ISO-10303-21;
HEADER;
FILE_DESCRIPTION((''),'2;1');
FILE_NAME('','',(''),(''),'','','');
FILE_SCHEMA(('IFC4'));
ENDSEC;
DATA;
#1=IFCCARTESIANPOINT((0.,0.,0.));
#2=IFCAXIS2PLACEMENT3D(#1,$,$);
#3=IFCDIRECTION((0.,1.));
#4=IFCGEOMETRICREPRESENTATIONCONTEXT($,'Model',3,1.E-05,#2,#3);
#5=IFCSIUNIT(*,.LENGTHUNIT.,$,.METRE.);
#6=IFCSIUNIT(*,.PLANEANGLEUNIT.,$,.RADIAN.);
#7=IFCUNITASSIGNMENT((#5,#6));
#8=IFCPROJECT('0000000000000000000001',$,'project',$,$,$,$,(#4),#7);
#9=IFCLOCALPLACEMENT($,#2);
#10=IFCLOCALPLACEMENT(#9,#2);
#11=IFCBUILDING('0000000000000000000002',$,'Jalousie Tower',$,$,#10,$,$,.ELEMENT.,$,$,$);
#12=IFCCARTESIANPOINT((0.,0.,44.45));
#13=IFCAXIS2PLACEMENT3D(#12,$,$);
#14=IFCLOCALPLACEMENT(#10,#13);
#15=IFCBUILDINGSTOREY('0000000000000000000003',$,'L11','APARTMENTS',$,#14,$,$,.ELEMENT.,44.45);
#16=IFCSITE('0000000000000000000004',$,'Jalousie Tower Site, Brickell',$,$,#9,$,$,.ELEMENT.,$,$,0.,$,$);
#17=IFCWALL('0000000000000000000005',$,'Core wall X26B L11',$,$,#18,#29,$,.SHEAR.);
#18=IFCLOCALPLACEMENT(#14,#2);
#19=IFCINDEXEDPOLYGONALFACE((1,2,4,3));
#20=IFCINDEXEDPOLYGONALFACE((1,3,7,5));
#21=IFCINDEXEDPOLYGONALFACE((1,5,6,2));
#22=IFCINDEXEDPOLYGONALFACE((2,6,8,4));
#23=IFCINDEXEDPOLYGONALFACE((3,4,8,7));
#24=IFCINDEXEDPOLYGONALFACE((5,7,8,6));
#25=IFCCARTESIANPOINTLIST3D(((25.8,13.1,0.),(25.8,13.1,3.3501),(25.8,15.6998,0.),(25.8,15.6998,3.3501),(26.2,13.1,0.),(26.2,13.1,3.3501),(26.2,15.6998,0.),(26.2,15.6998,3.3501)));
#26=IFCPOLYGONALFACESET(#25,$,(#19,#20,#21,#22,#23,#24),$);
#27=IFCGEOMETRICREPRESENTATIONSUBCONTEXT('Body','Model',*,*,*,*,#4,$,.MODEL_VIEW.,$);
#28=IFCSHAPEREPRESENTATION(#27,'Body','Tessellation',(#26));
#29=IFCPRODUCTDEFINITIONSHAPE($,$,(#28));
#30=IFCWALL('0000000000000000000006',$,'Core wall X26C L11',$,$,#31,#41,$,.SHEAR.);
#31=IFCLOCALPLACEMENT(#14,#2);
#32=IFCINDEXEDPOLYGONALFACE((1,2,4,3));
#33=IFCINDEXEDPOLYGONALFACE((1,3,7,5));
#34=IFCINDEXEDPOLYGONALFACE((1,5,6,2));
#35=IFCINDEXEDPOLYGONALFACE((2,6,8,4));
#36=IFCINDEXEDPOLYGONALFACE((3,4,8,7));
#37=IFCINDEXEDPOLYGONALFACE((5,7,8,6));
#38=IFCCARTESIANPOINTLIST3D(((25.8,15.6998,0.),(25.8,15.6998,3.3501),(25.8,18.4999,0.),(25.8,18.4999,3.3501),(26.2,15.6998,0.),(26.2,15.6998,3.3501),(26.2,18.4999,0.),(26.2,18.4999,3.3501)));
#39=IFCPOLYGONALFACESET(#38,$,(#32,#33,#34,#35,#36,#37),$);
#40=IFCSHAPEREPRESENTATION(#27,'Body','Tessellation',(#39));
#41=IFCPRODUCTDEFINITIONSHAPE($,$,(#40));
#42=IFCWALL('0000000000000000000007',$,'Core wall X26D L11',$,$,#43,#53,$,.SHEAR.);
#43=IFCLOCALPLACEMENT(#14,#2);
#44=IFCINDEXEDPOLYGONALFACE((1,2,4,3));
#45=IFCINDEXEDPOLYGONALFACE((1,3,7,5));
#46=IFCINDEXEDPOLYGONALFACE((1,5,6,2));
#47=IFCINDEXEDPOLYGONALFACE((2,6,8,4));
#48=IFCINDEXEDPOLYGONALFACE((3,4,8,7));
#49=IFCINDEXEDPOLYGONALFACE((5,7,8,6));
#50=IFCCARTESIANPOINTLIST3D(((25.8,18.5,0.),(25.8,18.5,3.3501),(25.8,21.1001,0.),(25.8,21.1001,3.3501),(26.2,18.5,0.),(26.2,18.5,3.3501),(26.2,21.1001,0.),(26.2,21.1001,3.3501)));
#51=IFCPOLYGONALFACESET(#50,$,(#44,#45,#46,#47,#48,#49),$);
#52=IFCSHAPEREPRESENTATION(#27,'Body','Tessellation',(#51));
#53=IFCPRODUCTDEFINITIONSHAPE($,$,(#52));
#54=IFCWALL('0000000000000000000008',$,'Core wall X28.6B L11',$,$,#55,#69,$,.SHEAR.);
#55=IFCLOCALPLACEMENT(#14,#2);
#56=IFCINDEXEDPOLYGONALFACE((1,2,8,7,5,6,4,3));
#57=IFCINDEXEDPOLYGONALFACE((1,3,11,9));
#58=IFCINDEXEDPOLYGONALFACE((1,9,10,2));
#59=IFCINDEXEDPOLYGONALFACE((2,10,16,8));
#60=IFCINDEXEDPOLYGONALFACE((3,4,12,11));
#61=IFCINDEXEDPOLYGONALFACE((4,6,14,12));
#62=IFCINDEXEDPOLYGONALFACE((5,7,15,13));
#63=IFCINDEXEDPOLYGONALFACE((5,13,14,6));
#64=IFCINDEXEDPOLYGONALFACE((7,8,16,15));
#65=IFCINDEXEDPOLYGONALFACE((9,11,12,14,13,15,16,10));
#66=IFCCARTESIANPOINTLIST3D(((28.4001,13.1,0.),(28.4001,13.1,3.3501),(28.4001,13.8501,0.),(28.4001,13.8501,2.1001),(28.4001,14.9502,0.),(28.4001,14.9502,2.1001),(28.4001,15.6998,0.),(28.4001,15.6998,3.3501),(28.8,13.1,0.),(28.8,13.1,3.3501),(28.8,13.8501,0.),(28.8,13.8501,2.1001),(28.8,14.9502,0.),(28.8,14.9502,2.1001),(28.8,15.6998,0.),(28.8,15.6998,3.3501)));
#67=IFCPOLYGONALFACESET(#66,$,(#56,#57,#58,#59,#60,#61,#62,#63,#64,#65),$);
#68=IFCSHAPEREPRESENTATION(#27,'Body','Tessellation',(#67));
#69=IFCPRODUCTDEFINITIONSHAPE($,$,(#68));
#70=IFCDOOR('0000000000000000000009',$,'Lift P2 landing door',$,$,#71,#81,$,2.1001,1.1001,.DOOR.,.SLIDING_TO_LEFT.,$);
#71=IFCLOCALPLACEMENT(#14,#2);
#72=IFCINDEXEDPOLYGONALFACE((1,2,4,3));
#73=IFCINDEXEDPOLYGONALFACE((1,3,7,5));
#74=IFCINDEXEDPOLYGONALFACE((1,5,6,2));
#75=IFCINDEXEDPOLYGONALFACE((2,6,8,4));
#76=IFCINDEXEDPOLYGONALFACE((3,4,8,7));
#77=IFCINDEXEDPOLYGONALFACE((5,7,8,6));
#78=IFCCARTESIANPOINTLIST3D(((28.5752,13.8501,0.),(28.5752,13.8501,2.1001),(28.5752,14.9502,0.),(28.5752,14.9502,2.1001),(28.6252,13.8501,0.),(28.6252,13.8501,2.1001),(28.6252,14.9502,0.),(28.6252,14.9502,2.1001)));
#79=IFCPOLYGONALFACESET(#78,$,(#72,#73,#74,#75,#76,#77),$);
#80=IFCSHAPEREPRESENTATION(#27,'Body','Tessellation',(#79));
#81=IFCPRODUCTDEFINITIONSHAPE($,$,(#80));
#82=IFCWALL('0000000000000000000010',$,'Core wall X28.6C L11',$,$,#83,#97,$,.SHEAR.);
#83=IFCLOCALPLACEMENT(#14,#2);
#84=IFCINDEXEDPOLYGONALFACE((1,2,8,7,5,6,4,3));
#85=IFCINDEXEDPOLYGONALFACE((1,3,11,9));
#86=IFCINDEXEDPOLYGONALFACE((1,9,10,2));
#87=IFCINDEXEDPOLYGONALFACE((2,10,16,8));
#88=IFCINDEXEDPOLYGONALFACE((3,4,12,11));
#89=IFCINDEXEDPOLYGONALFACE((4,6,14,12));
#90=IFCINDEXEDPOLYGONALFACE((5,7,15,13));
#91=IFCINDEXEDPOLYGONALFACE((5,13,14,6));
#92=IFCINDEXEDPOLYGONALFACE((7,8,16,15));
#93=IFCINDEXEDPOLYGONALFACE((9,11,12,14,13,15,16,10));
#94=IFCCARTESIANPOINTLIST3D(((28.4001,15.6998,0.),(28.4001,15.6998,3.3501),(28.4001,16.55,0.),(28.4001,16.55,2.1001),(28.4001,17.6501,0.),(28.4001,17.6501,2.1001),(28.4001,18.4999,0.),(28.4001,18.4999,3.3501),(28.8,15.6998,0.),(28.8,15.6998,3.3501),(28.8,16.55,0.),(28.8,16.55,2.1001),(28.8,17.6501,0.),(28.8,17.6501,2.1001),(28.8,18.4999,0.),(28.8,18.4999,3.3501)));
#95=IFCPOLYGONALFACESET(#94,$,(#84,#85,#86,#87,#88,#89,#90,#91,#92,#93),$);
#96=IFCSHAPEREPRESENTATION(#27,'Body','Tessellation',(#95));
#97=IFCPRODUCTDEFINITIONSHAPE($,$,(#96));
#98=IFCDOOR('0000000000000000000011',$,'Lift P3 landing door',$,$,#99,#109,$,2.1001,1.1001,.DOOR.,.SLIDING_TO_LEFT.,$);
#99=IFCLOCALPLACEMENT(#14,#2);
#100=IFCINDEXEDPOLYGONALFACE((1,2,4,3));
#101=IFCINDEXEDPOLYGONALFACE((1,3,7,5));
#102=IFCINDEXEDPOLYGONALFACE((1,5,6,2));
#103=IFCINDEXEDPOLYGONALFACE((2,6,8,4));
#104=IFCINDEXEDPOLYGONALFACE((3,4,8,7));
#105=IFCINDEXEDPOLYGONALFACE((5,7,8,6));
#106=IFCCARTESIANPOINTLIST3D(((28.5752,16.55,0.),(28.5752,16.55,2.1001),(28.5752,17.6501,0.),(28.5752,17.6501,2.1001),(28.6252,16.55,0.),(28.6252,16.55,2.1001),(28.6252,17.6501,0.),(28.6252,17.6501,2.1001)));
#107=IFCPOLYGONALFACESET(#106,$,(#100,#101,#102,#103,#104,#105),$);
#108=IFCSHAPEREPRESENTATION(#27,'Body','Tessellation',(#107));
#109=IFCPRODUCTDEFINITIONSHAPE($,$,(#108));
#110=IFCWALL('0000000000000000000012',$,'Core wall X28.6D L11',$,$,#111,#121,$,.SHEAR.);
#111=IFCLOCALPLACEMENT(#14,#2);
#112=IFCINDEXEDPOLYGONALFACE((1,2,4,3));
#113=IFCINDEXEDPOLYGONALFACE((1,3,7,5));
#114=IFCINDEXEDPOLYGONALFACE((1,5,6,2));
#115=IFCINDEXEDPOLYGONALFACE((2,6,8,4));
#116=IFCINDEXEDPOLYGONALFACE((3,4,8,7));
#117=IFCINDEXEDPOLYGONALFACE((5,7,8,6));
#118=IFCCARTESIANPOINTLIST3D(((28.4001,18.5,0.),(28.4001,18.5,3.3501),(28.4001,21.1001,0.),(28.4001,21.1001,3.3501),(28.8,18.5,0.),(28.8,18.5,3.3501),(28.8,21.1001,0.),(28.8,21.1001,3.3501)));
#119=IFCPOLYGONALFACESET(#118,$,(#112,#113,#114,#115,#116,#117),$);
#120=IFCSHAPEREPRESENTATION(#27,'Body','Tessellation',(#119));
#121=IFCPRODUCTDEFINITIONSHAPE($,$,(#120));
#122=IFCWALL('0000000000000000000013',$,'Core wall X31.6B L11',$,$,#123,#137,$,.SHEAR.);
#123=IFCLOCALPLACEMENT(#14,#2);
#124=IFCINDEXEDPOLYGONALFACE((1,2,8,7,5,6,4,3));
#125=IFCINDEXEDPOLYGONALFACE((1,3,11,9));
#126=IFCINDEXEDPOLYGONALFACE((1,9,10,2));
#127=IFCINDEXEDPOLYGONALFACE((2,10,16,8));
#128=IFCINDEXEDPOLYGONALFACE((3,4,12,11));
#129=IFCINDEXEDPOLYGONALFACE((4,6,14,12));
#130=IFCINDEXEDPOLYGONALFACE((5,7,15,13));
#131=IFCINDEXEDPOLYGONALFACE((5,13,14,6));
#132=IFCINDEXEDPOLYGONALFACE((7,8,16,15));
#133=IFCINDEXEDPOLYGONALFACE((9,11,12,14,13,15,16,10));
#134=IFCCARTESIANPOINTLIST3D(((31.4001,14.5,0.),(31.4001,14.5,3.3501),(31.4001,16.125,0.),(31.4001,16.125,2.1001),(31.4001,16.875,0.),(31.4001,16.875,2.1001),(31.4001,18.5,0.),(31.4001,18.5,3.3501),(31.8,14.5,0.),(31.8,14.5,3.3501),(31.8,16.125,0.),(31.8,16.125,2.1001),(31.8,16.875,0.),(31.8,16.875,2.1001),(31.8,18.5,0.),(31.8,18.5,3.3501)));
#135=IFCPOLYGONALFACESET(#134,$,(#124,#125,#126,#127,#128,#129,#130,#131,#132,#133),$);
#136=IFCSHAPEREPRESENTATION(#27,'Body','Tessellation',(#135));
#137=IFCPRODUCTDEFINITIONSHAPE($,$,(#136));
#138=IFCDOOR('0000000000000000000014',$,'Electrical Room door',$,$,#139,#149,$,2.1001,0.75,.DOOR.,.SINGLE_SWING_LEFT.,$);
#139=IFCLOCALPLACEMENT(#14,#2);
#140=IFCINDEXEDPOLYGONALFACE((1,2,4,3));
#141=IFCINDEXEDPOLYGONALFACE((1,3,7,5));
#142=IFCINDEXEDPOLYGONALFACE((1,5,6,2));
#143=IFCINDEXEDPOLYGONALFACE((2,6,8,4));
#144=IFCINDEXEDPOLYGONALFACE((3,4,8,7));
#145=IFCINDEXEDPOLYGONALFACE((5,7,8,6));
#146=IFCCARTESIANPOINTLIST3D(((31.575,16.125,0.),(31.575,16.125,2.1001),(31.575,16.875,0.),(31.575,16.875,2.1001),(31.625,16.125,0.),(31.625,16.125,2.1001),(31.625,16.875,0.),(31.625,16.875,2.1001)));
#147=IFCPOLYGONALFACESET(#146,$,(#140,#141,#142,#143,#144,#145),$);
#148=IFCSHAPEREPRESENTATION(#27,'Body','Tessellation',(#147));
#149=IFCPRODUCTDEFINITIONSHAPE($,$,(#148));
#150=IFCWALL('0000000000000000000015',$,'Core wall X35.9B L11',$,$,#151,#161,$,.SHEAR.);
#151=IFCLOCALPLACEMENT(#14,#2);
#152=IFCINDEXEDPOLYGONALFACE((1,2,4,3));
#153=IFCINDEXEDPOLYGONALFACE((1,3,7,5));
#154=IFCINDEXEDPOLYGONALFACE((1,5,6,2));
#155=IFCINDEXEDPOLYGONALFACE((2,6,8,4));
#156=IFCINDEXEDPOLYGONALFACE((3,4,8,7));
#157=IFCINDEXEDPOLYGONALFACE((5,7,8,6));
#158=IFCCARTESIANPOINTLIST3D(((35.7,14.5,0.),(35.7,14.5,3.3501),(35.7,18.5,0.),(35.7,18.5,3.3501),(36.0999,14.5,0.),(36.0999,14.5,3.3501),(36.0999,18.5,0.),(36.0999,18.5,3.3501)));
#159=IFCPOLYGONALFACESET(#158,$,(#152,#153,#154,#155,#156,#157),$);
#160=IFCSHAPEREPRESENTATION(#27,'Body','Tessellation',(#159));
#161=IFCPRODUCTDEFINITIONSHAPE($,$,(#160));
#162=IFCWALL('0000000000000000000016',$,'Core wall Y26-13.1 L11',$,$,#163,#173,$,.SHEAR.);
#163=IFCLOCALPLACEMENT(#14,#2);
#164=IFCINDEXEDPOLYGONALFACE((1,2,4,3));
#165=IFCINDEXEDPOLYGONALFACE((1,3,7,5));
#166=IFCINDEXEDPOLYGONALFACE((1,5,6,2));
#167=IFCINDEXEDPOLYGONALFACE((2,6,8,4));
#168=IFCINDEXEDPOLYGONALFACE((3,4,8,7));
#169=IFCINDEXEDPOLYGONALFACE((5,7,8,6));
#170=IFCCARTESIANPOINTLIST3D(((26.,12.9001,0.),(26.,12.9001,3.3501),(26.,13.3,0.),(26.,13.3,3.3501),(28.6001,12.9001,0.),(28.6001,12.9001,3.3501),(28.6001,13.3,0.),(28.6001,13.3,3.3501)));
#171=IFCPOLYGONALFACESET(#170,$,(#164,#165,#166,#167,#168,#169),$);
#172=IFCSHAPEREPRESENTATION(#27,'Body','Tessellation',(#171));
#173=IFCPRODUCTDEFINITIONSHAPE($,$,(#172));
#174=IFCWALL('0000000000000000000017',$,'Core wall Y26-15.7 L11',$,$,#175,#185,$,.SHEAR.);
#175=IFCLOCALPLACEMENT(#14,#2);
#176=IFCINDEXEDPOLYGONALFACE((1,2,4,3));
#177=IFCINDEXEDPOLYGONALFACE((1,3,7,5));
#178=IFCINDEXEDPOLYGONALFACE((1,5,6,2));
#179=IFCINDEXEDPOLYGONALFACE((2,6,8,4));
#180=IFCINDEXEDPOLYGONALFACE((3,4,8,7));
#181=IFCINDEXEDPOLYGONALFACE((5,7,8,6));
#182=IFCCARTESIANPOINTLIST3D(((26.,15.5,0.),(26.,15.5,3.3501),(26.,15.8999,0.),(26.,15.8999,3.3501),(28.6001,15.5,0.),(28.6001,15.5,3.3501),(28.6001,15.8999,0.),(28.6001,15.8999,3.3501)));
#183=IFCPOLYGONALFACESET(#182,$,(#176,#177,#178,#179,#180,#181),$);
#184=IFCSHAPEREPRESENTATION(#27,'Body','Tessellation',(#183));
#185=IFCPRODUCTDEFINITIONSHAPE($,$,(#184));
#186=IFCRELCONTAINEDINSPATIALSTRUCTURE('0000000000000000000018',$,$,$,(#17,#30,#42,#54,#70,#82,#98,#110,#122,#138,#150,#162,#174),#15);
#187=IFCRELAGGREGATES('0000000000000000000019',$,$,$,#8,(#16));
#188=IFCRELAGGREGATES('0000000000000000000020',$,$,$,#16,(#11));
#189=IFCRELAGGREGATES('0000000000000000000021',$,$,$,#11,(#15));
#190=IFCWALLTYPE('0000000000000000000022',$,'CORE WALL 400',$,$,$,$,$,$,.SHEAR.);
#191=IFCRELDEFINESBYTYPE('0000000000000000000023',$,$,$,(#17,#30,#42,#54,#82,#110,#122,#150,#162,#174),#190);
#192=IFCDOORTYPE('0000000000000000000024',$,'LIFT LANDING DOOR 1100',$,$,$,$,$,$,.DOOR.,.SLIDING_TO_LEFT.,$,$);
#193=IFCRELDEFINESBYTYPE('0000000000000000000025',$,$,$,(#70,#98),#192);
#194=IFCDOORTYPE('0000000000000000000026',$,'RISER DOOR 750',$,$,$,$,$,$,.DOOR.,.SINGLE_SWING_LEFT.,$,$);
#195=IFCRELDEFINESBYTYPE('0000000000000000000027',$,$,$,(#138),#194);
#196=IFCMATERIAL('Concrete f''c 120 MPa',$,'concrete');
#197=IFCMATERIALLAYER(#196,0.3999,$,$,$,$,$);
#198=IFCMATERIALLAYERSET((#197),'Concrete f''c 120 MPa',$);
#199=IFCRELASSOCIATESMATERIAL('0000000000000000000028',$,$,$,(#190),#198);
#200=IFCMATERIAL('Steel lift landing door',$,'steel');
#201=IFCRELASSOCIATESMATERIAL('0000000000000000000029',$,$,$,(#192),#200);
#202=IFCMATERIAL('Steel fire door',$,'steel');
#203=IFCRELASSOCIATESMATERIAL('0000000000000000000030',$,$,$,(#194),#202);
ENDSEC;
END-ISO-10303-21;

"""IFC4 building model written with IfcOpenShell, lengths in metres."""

from ifc_helpers import new_model, si_unit, direction, frame, frame_2d, origin, place, context, subcontext, project, spatial, rectangle, extrude, material, layer, layer_set, type_object, element, fill, save


model = new_model("IFC4")

# Units and contexts
model_context = context("Model", 3, precision=1e-05, world=origin(), true_north=direction((0.0, 1.0)))
body_context = subcontext(model_context, "Body", "Model", "MODEL_VIEW")
ifc_project = project(units=[si_unit("LENGTHUNIT", "METRE"), si_unit("PLANEANGLEUNIT", "RADIAN")], contexts=[model_context])

# Site, building, storey
site_placement = place(None, origin())
site = spatial("IfcSite", under=ifc_project, at=site_placement, Name="Jalousie Tower Site, Brickell", CompositionType="ELEMENT", RefElevation=0.0)
building_placement = place(site_placement, origin())
building = spatial("IfcBuilding", under=site, at=building_placement, Name="Jalousie Tower", CompositionType="ELEMENT")
storey_placement = place(building_placement, frame((0.0, 0.0, 44.45)))
storey = spatial("IfcBuildingStorey", under=building, at=storey_placement, Name="L11", Description="APARTMENTS", CompositionType="ELEMENT", Elevation=44.45)

# Walls
ifc_material_1 = material(Name="Concrete f'c 120 MPa", Category="concrete")
ifc_layer = layer(ifc_material_1, 0.3999)
ifc_layer_set = layer_set([ifc_layer], Name="Concrete f'c 120 MPa")
wall_type = type_object("IfcWallType", Name="CORE WALL 400", PredefinedType="SHEAR", material=ifc_layer_set)
wall_1_placement = place(storey_placement, frame((26.0, 13.1001, 0.0), z_axis=(0.0, 0.0, 1.0), x_axis=(0.0, 1.0, 0.0)))
element("IfcWall", 1, at=wall_1_placement, inside=storey, type_object=wall_type, Name="Core wall X26B L11", PredefinedType="SHEAR", context=body_context, shape_type="SweptSolid", body=[
    extrude(rectangle(XDim=2.5999, YDim=0.3999, at=frame_2d((1.2998, 0.0))), origin(), (0.0, 0.0, 1.0), 3.3501),
])
wall_2_placement = place(storey_placement, frame((26.0, 15.7, 0.0), z_axis=(0.0, 0.0, 1.0), x_axis=(0.0, 1.0, 0.0)))
element("IfcWall", 2, at=wall_2_placement, inside=storey, type_object=wall_type, Name="Core wall X26C L11", PredefinedType="SHEAR", context=body_context, shape_type="SweptSolid", body=[
    extrude(rectangle(XDim=2.8, YDim=0.3999, at=frame_2d((1.3999, 0.0))), origin(), (0.0, 0.0, 1.0), 3.3501),
])
wall_3_placement = place(storey_placement, frame((26.0, 18.5, 0.0), z_axis=(0.0, 0.0, 1.0), x_axis=(0.0, 1.0, 0.0)))
element("IfcWall", 3, at=wall_3_placement, inside=storey, type_object=wall_type, Name="Core wall X26D L11", PredefinedType="SHEAR", context=body_context, shape_type="SweptSolid", body=[
    extrude(rectangle(XDim=2.6001, YDim=0.3999, at=frame_2d((1.3, 0.0))), origin(), (0.0, 0.0, 1.0), 3.3501),
])

# Walls, openings, doors
wall_4_placement = place(storey_placement, frame((28.6001, 13.1001, 0.0), z_axis=(0.0, 0.0, 1.0), x_axis=(0.0, 1.0, 0.0)))
wall_4 = element("IfcWall", 4, at=wall_4_placement, inside=storey, type_object=wall_type, Name="Core wall X28.6B L11", PredefinedType="SHEAR", context=body_context, shape_type="SweptSolid", body=[
    extrude(rectangle(XDim=2.5999, YDim=0.3999, at=frame_2d((1.2998, 0.0))), origin(), (0.0, 0.0, 1.0), 3.3501),
])
opening_1_placement = place(wall_4_placement, frame((0.75, 0.0, 0.0)))
opening_1 = element("IfcOpeningElement", 5, at=opening_1_placement, cuts=wall_4, PredefinedType="OPENING", context=body_context, shape_type="SweptSolid", body=[
    extrude(rectangle(XDim=1.1001, YDim=2.1001, at=frame_2d((0.55, 1.05))), frame((0.0, 0.21, 0.0), z_axis=(0.0, -1.0, 0.0), x_axis=(1.0, 0.0, 0.0)), (0.0, 0.0, 1.0), 0.4199),
])
ifc_material_2 = material(Name="Steel lift landing door", Category="steel")
door_type_1 = type_object("IfcDoorType", Name="LIFT LANDING DOOR 1100", OperationType="SLIDING_TO_LEFT", PredefinedType="DOOR", material=ifc_material_2)
door_1_placement = place(opening_1_placement, origin())
door_1 = element("IfcDoor", 6, at=door_1_placement, inside=storey, type_object=door_type_1, Name="Lift P2 landing door", OperationType="SLIDING_TO_LEFT", OverallHeight=2.1001, OverallWidth=1.1001, PredefinedType="DOOR", context=body_context, shape_type="SweptSolid", body=[
    extrude(rectangle(XDim=1.1001, YDim=2.1001, at=frame_2d((0.55, 1.05))), frame((0.0, 0.0249, 0.0), z_axis=(0.0, -1.0, 0.0), x_axis=(1.0, 0.0, 0.0)), (0.0, 0.0, 1.0), 0.05),
])
fill(opening_1, door_1)
wall_5_placement = place(storey_placement, frame((28.6001, 15.7, 0.0), z_axis=(0.0, 0.0, 1.0), x_axis=(0.0, 1.0, 0.0)))
wall_5 = element("IfcWall", 7, at=wall_5_placement, inside=storey, type_object=wall_type, Name="Core wall X28.6C L11", PredefinedType="SHEAR", context=body_context, shape_type="SweptSolid", body=[
    extrude(rectangle(XDim=2.8, YDim=0.3999, at=frame_2d((1.3999, 0.0))), origin(), (0.0, 0.0, 1.0), 3.3501),
])
opening_2_placement = place(wall_5_placement, frame((0.8501, 0.0, 0.0)))
opening_2 = element("IfcOpeningElement", 8, at=opening_2_placement, cuts=wall_5, PredefinedType="OPENING", context=body_context, shape_type="SweptSolid", body=[
    extrude(rectangle(XDim=1.1001, YDim=2.1001, at=frame_2d((0.55, 1.05))), frame((0.0, 0.21, 0.0), z_axis=(0.0, -1.0, 0.0), x_axis=(1.0, 0.0, 0.0)), (0.0, 0.0, 1.0), 0.4199),
])
door_2_placement = place(opening_2_placement, origin())
door_2 = element("IfcDoor", 9, at=door_2_placement, inside=storey, type_object=door_type_1, Name="Lift P3 landing door", OperationType="SLIDING_TO_LEFT", OverallHeight=2.1001, OverallWidth=1.1001, PredefinedType="DOOR", context=body_context, shape_type="SweptSolid", body=[
    extrude(rectangle(XDim=1.1001, YDim=2.1001, at=frame_2d((0.55, 1.05))), frame((0.0, 0.0249, 0.0), z_axis=(0.0, -1.0, 0.0), x_axis=(1.0, 0.0, 0.0)), (0.0, 0.0, 1.0), 0.05),
])
fill(opening_2, door_2)

# Wall
wall_6_placement = place(storey_placement, frame((28.6001, 18.5, 0.0), z_axis=(0.0, 0.0, 1.0), x_axis=(0.0, 1.0, 0.0)))
element("IfcWall", 10, at=wall_6_placement, inside=storey, type_object=wall_type, Name="Core wall X28.6D L11", PredefinedType="SHEAR", context=body_context, shape_type="SweptSolid", body=[
    extrude(rectangle(XDim=2.6001, YDim=0.3999, at=frame_2d((1.3, 0.0))), origin(), (0.0, 0.0, 1.0), 3.3501),
])

# Wall, opening, door
wall_7_placement = place(storey_placement, frame((31.6001, 14.5, 0.0), z_axis=(0.0, 0.0, 1.0), x_axis=(0.0, 1.0, 0.0)))
wall_7 = element("IfcWall", 11, at=wall_7_placement, inside=storey, type_object=wall_type, Name="Core wall X31.6B L11", PredefinedType="SHEAR", context=body_context, shape_type="SweptSolid", body=[
    extrude(rectangle(XDim=4.0, YDim=0.3999, at=frame_2d((2.0, 0.0))), origin(), (0.0, 0.0, 1.0), 3.3501),
])
opening_3_placement = place(wall_7_placement, frame((1.625, 0.0, 0.0)))
opening_3 = element("IfcOpeningElement", 12, at=opening_3_placement, cuts=wall_7, PredefinedType="OPENING", context=body_context, shape_type="SweptSolid", body=[
    extrude(rectangle(XDim=0.75, YDim=2.1001, at=frame_2d((0.375, 1.05))), frame((0.0, 0.21, 0.0), z_axis=(0.0, -1.0, 0.0), x_axis=(1.0, 0.0, 0.0)), (0.0, 0.0, 1.0), 0.4199),
])
ifc_material_3 = material(Name="Steel fire door", Category="steel")
door_type_2 = type_object("IfcDoorType", Name="RISER DOOR 750", OperationType="SINGLE_SWING_LEFT", PredefinedType="DOOR", material=ifc_material_3)
door_3_placement = place(opening_3_placement, frame((0.75, 0.0, 0.0), z_axis=(0.0, 0.0, 1.0), x_axis=(-1.0, 0.0, 0.0)))
door_3 = element("IfcDoor", 13, at=door_3_placement, inside=storey, type_object=door_type_2, Name="Electrical Room door", OperationType="SINGLE_SWING_LEFT", OverallHeight=2.1001, OverallWidth=0.75, PredefinedType="DOOR", context=body_context, shape_type="SweptSolid", body=[
    extrude(rectangle(XDim=0.75, YDim=2.1001, at=frame_2d((0.375, 1.05))), frame((0.0, 0.0249, 0.0), z_axis=(0.0, -1.0, 0.0), x_axis=(1.0, 0.0, 0.0)), (0.0, 0.0, 1.0), 0.05),
])
fill(opening_3, door_3)

# Walls
wall_8_placement = place(storey_placement, frame((35.8999, 14.5, 0.0), z_axis=(0.0, 0.0, 1.0), x_axis=(0.0, 1.0, 0.0)))
element("IfcWall", 14, at=wall_8_placement, inside=storey, type_object=wall_type, Name="Core wall X35.9B L11", PredefinedType="SHEAR", context=body_context, shape_type="SweptSolid", body=[
    extrude(rectangle(XDim=4.0, YDim=0.3999, at=frame_2d((2.0, 0.0))), origin(), (0.0, 0.0, 1.0), 3.3501),
])
for number, where, z_axis, x_axis, name in (
    (15, (26.0, 13.1001, 0.0), (0.0, 0.0, 1.0), (1.0, 0.0, 0.0), "Core wall Y26-13.1 L11"),
    (16, (26.0, 15.7, 0.0), (0.0, 0.0, 1.0), (1.0, 0.0, 0.0), "Core wall Y26-15.7 L11"),
):
    element("IfcWall", number, at=place(storey_placement, frame(where, z_axis=z_axis, x_axis=x_axis)), inside=storey, type_object=wall_type, Name=name, PredefinedType="SHEAR", context=body_context, shape_type="SweptSolid", body=[
        extrude(rectangle(XDim=2.6001, YDim=0.3999, at=frame_2d((1.3, 0.0))), origin(), (0.0, 0.0, 1.0), 3.3501),
    ])

save(model, "model.ifc")
